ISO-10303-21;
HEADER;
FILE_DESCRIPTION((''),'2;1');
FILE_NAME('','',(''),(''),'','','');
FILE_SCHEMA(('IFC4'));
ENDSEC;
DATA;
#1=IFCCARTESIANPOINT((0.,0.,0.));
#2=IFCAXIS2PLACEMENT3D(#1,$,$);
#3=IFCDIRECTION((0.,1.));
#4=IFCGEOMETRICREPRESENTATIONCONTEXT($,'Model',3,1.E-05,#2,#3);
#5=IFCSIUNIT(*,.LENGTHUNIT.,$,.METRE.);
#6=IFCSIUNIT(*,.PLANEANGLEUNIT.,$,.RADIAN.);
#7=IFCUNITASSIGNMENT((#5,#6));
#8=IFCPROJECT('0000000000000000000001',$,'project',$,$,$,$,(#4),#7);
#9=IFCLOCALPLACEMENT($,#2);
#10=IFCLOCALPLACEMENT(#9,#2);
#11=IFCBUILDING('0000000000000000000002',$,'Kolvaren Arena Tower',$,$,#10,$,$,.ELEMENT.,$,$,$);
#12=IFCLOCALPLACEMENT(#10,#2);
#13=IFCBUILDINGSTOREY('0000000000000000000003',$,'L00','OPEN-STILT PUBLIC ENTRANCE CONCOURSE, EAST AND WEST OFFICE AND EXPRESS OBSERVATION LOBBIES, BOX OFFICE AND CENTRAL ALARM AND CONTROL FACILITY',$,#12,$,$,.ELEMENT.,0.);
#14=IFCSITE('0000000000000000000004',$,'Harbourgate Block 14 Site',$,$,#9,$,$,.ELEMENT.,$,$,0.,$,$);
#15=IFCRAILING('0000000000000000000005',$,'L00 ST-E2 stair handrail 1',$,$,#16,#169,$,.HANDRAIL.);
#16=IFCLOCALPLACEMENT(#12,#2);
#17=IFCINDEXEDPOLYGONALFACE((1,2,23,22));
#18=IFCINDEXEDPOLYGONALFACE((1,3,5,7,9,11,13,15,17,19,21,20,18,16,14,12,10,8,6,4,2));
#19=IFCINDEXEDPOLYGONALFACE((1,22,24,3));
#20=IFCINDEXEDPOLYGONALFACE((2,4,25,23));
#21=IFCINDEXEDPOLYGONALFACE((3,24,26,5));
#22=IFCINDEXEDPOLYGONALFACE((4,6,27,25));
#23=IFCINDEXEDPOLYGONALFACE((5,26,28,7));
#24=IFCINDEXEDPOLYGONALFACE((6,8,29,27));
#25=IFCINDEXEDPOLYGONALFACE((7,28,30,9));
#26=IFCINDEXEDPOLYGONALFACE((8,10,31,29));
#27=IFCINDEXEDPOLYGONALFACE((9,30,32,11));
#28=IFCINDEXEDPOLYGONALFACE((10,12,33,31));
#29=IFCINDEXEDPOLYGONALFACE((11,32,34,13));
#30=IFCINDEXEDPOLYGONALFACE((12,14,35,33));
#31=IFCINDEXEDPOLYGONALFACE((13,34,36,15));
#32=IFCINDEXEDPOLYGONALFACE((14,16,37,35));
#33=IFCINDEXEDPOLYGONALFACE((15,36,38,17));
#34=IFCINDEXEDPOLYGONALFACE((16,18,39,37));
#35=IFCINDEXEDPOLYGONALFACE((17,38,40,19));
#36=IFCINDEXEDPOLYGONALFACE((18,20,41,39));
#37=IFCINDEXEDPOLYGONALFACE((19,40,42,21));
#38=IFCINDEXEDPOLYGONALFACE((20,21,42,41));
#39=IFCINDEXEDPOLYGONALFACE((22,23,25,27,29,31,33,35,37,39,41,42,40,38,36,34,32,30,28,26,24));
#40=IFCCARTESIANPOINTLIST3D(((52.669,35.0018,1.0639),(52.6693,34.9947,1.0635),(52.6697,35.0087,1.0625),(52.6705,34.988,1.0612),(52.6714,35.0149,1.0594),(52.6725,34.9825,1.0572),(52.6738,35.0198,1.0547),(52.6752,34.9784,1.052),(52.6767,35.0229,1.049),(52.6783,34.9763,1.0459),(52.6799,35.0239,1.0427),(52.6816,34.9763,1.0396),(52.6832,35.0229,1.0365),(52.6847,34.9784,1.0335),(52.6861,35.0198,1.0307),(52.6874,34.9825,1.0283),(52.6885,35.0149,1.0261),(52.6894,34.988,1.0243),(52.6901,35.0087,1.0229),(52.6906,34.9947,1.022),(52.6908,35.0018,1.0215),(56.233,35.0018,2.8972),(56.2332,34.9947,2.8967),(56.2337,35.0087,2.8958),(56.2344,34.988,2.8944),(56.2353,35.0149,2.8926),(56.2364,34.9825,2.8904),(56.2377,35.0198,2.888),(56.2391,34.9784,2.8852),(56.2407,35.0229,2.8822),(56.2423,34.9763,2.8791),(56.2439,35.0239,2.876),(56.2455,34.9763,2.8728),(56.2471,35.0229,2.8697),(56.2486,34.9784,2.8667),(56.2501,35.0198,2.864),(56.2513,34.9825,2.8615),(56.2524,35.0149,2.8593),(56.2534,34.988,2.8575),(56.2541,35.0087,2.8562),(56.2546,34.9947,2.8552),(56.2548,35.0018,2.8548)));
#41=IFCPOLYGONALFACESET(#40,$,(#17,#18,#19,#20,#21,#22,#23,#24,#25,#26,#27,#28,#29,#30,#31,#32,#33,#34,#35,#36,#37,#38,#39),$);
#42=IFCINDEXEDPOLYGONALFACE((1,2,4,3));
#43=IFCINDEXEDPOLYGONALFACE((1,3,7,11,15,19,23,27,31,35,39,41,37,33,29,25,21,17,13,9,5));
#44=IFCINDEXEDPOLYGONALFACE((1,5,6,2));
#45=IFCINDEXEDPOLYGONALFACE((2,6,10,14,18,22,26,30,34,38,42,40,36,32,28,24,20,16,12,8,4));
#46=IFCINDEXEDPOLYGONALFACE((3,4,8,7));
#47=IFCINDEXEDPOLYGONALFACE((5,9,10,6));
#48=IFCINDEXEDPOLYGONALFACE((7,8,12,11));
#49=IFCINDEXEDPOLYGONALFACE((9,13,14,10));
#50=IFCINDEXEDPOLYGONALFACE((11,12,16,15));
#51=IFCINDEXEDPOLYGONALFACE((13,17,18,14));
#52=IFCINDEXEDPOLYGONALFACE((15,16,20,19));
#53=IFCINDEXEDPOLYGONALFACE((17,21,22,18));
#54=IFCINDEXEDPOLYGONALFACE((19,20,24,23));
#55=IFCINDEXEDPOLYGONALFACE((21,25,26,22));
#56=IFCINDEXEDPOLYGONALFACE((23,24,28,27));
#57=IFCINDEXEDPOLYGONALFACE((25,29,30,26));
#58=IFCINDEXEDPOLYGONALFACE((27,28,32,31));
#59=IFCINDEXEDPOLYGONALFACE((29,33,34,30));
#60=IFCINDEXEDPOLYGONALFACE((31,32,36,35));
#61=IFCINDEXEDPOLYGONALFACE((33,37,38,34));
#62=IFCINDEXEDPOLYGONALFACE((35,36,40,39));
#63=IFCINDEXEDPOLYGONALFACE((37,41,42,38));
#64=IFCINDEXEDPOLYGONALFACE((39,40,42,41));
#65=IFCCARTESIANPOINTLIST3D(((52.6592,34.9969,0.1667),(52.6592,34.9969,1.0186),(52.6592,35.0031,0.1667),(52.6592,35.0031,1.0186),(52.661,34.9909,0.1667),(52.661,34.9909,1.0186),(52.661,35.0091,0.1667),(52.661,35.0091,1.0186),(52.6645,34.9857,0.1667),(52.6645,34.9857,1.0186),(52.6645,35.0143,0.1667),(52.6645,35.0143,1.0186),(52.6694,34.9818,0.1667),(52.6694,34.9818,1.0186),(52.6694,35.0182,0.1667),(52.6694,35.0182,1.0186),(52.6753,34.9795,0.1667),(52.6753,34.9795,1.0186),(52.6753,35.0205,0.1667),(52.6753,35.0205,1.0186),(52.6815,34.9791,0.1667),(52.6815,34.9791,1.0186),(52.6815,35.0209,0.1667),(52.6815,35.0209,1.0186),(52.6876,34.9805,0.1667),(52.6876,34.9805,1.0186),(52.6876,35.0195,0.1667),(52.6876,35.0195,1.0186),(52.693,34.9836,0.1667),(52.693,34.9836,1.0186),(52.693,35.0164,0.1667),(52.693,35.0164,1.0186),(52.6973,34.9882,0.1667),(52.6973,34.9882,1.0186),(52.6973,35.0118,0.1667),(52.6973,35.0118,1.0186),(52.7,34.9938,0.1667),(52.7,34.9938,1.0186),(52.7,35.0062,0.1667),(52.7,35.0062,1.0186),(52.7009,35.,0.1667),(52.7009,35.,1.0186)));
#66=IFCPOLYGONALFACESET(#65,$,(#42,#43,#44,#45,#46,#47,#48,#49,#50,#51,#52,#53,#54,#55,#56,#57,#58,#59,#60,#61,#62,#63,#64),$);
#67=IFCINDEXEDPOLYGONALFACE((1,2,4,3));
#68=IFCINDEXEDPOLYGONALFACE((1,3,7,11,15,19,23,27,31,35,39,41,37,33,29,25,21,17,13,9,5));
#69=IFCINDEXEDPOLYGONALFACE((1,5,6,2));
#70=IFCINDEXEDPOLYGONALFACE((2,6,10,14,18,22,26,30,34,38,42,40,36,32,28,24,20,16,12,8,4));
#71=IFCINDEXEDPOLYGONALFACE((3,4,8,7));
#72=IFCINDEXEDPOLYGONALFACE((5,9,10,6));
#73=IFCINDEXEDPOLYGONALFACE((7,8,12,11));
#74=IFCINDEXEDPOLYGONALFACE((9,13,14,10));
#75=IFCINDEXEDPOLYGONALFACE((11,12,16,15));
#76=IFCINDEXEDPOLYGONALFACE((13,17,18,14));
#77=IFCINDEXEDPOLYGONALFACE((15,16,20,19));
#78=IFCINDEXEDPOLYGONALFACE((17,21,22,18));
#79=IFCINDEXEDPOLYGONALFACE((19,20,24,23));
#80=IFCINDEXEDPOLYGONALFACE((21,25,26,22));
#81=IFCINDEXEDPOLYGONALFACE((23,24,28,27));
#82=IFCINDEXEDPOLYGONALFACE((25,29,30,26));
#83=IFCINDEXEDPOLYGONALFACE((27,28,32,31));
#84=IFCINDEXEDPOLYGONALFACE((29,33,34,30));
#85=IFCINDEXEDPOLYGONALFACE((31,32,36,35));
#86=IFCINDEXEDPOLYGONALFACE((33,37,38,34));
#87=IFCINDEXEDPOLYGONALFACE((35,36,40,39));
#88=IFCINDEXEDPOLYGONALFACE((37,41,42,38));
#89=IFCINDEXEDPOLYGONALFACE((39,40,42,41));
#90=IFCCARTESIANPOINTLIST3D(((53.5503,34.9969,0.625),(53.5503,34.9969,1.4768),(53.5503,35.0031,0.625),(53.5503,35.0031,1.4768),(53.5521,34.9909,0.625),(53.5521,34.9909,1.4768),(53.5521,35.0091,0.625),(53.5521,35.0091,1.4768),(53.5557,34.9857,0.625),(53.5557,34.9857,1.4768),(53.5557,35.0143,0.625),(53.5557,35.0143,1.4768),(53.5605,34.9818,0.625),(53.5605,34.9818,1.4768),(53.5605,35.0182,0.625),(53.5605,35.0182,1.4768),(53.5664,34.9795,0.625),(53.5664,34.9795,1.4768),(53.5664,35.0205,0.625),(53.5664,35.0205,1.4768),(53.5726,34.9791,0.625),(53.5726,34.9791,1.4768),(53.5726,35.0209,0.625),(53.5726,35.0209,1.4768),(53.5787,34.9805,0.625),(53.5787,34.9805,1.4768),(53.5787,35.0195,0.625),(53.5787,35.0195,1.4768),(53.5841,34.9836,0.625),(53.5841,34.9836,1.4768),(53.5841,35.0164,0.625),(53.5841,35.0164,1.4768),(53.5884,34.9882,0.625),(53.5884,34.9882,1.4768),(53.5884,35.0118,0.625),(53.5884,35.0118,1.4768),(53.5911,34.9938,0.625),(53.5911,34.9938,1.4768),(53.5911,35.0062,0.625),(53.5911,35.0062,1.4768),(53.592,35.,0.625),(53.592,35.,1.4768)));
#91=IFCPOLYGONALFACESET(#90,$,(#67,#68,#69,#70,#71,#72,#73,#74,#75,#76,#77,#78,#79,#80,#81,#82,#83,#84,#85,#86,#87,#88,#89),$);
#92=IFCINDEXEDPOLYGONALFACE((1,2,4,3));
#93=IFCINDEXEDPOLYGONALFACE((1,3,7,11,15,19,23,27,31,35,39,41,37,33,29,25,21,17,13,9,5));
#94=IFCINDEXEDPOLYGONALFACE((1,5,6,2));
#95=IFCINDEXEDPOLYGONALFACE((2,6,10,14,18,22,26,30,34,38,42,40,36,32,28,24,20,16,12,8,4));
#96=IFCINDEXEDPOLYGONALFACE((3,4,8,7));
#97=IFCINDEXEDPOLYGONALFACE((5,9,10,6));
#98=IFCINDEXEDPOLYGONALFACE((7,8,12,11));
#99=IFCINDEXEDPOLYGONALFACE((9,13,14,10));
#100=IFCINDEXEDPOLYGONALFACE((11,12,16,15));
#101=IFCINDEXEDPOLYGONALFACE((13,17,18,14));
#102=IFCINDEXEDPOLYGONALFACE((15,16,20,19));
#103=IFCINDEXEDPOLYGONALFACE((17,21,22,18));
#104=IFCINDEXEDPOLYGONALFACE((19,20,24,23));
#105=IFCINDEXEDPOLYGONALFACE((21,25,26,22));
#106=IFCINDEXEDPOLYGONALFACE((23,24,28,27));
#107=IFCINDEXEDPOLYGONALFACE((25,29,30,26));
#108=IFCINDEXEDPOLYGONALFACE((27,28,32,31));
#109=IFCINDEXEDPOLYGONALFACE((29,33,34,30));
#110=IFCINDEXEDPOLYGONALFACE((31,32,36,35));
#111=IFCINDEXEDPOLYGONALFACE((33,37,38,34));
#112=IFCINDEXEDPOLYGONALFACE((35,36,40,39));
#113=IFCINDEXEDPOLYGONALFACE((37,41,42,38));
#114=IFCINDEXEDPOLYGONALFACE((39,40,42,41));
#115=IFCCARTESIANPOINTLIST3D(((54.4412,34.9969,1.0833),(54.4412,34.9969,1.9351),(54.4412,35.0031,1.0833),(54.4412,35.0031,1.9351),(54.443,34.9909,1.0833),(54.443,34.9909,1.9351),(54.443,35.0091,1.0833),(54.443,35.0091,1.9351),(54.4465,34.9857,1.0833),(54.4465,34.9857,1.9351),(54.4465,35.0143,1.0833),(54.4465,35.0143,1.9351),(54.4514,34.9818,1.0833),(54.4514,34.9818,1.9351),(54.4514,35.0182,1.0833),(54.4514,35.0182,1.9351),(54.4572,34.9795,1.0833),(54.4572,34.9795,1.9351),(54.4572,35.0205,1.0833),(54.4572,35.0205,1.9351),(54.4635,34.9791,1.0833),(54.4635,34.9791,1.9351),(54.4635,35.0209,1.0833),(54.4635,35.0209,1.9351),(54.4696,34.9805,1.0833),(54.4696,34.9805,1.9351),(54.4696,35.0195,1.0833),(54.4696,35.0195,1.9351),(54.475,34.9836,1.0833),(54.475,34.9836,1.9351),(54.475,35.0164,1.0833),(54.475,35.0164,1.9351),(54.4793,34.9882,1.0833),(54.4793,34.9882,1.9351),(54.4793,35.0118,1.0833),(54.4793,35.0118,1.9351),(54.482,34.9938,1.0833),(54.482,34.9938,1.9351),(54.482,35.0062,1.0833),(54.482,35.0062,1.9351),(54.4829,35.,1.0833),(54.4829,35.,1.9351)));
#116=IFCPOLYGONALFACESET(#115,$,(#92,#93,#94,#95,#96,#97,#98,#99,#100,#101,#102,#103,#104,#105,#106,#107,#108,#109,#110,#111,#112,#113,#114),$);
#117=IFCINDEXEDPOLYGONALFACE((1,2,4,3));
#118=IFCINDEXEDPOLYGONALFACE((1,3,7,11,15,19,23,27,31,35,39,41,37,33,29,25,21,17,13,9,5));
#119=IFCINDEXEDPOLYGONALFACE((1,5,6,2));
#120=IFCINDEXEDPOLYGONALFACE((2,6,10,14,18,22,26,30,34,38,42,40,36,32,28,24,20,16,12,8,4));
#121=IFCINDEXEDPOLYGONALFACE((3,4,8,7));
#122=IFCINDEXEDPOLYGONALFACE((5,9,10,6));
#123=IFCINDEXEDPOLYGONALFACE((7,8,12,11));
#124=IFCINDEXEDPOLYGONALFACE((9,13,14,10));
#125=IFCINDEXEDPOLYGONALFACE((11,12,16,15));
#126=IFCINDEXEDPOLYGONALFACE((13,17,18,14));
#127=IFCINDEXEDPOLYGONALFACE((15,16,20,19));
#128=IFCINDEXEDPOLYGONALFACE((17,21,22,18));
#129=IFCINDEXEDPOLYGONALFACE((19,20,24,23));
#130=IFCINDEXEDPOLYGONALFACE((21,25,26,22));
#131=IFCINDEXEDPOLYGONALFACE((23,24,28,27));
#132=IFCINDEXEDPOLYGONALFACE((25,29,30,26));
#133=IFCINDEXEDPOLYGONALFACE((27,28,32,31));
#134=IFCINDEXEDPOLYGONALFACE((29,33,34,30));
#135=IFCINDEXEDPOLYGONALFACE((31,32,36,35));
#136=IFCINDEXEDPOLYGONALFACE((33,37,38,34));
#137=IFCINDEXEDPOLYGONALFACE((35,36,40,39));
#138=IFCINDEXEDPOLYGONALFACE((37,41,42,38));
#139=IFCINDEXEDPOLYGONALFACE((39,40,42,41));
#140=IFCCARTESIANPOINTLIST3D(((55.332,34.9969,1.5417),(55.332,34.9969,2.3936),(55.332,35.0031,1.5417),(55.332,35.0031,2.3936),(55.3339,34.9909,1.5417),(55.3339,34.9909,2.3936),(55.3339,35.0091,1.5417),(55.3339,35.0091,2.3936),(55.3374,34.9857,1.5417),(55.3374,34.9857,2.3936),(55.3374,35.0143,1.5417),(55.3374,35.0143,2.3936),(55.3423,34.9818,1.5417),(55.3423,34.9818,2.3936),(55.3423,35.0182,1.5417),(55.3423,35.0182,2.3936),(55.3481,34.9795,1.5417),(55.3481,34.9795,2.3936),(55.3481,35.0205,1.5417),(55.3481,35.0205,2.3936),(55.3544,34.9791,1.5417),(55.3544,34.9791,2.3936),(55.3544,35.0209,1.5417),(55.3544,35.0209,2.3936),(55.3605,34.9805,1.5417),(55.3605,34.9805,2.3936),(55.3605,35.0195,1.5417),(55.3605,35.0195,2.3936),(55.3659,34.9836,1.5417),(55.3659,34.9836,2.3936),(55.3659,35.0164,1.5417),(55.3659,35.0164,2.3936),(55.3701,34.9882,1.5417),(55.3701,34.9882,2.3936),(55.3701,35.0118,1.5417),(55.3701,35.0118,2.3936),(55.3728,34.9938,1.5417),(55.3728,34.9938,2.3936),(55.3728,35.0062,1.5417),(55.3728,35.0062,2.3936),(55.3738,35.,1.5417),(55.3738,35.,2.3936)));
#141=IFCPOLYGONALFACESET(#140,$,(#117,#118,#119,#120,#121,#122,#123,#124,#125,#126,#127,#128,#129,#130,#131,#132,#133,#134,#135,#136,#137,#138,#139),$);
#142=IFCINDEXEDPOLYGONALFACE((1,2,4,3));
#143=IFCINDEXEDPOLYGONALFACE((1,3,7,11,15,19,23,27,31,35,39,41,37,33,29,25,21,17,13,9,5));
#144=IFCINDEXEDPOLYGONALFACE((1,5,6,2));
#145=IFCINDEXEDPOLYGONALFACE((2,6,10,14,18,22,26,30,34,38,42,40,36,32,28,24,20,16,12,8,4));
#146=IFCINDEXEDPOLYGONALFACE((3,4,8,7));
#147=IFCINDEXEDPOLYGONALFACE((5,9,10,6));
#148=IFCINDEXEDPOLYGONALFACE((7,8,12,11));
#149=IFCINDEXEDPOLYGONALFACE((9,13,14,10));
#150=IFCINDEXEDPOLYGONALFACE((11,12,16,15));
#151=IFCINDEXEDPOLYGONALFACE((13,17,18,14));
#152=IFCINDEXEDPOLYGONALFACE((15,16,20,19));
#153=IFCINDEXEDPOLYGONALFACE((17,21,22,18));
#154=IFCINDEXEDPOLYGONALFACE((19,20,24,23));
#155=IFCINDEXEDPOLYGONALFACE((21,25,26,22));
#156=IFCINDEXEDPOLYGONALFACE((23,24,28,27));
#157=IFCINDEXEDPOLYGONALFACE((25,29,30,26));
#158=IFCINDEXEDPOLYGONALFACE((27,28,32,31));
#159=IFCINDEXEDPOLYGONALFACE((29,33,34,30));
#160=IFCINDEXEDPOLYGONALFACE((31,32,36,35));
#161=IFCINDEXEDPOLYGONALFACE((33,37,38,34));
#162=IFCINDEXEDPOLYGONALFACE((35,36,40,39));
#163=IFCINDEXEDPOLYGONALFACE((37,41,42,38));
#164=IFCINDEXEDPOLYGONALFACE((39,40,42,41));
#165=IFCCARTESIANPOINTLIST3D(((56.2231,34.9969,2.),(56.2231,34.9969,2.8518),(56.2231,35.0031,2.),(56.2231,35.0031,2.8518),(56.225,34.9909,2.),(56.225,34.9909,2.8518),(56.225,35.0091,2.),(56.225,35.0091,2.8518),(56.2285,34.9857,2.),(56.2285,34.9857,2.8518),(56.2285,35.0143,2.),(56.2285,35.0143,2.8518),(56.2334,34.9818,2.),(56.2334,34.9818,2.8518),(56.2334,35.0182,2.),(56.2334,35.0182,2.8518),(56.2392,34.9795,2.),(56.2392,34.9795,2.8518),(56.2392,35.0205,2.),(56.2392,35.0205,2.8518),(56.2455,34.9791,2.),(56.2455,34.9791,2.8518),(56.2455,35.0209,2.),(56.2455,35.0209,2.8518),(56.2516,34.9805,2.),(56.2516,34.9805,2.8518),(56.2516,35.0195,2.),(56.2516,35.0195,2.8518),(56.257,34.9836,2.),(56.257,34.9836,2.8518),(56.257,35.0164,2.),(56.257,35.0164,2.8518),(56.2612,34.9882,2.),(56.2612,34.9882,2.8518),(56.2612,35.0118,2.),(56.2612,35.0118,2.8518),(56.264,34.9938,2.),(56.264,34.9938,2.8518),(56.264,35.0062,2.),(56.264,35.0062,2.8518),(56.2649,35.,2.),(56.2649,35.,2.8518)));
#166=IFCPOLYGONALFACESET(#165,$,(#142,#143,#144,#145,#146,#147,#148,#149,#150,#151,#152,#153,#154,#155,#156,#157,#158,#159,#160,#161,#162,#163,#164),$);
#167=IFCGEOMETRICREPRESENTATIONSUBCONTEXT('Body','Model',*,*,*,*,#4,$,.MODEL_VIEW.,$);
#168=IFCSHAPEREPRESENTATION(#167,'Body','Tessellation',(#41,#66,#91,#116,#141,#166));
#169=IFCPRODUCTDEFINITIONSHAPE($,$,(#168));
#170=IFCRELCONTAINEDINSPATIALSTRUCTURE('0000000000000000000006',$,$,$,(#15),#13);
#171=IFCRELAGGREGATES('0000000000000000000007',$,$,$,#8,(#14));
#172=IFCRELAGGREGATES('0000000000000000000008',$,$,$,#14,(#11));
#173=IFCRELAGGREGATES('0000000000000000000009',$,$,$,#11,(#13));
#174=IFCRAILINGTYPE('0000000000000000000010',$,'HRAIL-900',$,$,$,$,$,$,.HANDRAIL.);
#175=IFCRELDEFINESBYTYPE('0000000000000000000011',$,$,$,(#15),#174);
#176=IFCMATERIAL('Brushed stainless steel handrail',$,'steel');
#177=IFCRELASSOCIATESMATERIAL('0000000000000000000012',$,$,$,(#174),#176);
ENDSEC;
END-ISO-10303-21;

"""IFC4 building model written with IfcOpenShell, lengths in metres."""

from ifc_helpers import new_model, si_unit, direction, frame, origin, origin_2d, place, context, subcontext, project, spatial, circle, extrude, material, type_object, element, save


model = new_model("IFC4")

# Units and contexts
model_context = context("Model", 3, precision=1e-05, world=origin(), true_north=direction((0.0, 1.0)))
body_context = subcontext(model_context, "Body", "Model", "MODEL_VIEW")
ifc_project = project(units=[si_unit("LENGTHUNIT", "METRE"), si_unit("PLANEANGLEUNIT", "RADIAN")], contexts=[model_context])

# Site, building, storey
site_placement = place(None, origin())
site = spatial("IfcSite", under=ifc_project, at=site_placement, Name="Harbourgate Block 14 Site", CompositionType="ELEMENT", RefElevation=0.0)
building_placement = place(site_placement, origin())
building = spatial("IfcBuilding", under=site, at=building_placement, Name="Kolvaren Arena Tower", CompositionType="ELEMENT")
storey_placement = place(building_placement, origin())
storey = spatial("IfcBuildingStorey", under=building, at=storey_placement, Name="L00", Description="OPEN-STILT PUBLIC ENTRANCE CONCOURSE, EAST AND WEST OFFICE AND EXPRESS OBSERVATION LOBBIES, BOX OFFICE AND CENTRAL ALARM AND CONTROL FACILITY", CompositionType="ELEMENT", Elevation=0.0)

# Railing
ifc_material_1 = material(Name="Brushed stainless steel handrail", Category="steel")
railing_type_1 = type_object("IfcRailingType", Name="HRAIL-900", PredefinedType="HANDRAIL", material=ifc_material_1)
for number, where, name in (
    (1, (52.6799, 35.0, 0.1667), "L00 ST-E2 stair handrail 1"),
):
    element("IfcRailing", number, at=place(storey_placement, frame(where)), inside=storey, type_object=railing_type_1, Name=name, PredefinedType="HANDRAIL", context=body_context, shape_type="SweptSolid", body=[
        extrude(circle(Radius=0.0239, at=origin_2d()), frame((0.0, 0.0, 0.876), z_axis=(0.889252, 0.0, 0.457418), x_axis=(0.0, 1.0, 0.0)), (0.0, 0.0, 1.0), 4.0078),
        extrude(circle(Radius=0.021, at=origin_2d()), origin(), (0.0, 0.0, 1.0), 0.8518),
        extrude(circle(Radius=0.021, at=origin_2d()), frame((0.8911, 0.0, 0.4583)), (0.0, 0.0, 1.0), 0.8518),
        extrude(circle(Radius=0.021, at=origin_2d()), frame((1.782, 0.0, 0.9165)), (0.0, 0.0, 1.0), 0.8518),
        extrude(circle(Radius=0.021, at=origin_2d()), frame((2.6729, 0.0, 1.375)), (0.0, 0.0, 1.0), 0.8518),
        extrude(circle(Radius=0.021, at=origin_2d()), frame((3.564, 0.0, 1.8333)), (0.0, 0.0, 1.0), 0.8518),
    ])

save(model, "model.ifc")
